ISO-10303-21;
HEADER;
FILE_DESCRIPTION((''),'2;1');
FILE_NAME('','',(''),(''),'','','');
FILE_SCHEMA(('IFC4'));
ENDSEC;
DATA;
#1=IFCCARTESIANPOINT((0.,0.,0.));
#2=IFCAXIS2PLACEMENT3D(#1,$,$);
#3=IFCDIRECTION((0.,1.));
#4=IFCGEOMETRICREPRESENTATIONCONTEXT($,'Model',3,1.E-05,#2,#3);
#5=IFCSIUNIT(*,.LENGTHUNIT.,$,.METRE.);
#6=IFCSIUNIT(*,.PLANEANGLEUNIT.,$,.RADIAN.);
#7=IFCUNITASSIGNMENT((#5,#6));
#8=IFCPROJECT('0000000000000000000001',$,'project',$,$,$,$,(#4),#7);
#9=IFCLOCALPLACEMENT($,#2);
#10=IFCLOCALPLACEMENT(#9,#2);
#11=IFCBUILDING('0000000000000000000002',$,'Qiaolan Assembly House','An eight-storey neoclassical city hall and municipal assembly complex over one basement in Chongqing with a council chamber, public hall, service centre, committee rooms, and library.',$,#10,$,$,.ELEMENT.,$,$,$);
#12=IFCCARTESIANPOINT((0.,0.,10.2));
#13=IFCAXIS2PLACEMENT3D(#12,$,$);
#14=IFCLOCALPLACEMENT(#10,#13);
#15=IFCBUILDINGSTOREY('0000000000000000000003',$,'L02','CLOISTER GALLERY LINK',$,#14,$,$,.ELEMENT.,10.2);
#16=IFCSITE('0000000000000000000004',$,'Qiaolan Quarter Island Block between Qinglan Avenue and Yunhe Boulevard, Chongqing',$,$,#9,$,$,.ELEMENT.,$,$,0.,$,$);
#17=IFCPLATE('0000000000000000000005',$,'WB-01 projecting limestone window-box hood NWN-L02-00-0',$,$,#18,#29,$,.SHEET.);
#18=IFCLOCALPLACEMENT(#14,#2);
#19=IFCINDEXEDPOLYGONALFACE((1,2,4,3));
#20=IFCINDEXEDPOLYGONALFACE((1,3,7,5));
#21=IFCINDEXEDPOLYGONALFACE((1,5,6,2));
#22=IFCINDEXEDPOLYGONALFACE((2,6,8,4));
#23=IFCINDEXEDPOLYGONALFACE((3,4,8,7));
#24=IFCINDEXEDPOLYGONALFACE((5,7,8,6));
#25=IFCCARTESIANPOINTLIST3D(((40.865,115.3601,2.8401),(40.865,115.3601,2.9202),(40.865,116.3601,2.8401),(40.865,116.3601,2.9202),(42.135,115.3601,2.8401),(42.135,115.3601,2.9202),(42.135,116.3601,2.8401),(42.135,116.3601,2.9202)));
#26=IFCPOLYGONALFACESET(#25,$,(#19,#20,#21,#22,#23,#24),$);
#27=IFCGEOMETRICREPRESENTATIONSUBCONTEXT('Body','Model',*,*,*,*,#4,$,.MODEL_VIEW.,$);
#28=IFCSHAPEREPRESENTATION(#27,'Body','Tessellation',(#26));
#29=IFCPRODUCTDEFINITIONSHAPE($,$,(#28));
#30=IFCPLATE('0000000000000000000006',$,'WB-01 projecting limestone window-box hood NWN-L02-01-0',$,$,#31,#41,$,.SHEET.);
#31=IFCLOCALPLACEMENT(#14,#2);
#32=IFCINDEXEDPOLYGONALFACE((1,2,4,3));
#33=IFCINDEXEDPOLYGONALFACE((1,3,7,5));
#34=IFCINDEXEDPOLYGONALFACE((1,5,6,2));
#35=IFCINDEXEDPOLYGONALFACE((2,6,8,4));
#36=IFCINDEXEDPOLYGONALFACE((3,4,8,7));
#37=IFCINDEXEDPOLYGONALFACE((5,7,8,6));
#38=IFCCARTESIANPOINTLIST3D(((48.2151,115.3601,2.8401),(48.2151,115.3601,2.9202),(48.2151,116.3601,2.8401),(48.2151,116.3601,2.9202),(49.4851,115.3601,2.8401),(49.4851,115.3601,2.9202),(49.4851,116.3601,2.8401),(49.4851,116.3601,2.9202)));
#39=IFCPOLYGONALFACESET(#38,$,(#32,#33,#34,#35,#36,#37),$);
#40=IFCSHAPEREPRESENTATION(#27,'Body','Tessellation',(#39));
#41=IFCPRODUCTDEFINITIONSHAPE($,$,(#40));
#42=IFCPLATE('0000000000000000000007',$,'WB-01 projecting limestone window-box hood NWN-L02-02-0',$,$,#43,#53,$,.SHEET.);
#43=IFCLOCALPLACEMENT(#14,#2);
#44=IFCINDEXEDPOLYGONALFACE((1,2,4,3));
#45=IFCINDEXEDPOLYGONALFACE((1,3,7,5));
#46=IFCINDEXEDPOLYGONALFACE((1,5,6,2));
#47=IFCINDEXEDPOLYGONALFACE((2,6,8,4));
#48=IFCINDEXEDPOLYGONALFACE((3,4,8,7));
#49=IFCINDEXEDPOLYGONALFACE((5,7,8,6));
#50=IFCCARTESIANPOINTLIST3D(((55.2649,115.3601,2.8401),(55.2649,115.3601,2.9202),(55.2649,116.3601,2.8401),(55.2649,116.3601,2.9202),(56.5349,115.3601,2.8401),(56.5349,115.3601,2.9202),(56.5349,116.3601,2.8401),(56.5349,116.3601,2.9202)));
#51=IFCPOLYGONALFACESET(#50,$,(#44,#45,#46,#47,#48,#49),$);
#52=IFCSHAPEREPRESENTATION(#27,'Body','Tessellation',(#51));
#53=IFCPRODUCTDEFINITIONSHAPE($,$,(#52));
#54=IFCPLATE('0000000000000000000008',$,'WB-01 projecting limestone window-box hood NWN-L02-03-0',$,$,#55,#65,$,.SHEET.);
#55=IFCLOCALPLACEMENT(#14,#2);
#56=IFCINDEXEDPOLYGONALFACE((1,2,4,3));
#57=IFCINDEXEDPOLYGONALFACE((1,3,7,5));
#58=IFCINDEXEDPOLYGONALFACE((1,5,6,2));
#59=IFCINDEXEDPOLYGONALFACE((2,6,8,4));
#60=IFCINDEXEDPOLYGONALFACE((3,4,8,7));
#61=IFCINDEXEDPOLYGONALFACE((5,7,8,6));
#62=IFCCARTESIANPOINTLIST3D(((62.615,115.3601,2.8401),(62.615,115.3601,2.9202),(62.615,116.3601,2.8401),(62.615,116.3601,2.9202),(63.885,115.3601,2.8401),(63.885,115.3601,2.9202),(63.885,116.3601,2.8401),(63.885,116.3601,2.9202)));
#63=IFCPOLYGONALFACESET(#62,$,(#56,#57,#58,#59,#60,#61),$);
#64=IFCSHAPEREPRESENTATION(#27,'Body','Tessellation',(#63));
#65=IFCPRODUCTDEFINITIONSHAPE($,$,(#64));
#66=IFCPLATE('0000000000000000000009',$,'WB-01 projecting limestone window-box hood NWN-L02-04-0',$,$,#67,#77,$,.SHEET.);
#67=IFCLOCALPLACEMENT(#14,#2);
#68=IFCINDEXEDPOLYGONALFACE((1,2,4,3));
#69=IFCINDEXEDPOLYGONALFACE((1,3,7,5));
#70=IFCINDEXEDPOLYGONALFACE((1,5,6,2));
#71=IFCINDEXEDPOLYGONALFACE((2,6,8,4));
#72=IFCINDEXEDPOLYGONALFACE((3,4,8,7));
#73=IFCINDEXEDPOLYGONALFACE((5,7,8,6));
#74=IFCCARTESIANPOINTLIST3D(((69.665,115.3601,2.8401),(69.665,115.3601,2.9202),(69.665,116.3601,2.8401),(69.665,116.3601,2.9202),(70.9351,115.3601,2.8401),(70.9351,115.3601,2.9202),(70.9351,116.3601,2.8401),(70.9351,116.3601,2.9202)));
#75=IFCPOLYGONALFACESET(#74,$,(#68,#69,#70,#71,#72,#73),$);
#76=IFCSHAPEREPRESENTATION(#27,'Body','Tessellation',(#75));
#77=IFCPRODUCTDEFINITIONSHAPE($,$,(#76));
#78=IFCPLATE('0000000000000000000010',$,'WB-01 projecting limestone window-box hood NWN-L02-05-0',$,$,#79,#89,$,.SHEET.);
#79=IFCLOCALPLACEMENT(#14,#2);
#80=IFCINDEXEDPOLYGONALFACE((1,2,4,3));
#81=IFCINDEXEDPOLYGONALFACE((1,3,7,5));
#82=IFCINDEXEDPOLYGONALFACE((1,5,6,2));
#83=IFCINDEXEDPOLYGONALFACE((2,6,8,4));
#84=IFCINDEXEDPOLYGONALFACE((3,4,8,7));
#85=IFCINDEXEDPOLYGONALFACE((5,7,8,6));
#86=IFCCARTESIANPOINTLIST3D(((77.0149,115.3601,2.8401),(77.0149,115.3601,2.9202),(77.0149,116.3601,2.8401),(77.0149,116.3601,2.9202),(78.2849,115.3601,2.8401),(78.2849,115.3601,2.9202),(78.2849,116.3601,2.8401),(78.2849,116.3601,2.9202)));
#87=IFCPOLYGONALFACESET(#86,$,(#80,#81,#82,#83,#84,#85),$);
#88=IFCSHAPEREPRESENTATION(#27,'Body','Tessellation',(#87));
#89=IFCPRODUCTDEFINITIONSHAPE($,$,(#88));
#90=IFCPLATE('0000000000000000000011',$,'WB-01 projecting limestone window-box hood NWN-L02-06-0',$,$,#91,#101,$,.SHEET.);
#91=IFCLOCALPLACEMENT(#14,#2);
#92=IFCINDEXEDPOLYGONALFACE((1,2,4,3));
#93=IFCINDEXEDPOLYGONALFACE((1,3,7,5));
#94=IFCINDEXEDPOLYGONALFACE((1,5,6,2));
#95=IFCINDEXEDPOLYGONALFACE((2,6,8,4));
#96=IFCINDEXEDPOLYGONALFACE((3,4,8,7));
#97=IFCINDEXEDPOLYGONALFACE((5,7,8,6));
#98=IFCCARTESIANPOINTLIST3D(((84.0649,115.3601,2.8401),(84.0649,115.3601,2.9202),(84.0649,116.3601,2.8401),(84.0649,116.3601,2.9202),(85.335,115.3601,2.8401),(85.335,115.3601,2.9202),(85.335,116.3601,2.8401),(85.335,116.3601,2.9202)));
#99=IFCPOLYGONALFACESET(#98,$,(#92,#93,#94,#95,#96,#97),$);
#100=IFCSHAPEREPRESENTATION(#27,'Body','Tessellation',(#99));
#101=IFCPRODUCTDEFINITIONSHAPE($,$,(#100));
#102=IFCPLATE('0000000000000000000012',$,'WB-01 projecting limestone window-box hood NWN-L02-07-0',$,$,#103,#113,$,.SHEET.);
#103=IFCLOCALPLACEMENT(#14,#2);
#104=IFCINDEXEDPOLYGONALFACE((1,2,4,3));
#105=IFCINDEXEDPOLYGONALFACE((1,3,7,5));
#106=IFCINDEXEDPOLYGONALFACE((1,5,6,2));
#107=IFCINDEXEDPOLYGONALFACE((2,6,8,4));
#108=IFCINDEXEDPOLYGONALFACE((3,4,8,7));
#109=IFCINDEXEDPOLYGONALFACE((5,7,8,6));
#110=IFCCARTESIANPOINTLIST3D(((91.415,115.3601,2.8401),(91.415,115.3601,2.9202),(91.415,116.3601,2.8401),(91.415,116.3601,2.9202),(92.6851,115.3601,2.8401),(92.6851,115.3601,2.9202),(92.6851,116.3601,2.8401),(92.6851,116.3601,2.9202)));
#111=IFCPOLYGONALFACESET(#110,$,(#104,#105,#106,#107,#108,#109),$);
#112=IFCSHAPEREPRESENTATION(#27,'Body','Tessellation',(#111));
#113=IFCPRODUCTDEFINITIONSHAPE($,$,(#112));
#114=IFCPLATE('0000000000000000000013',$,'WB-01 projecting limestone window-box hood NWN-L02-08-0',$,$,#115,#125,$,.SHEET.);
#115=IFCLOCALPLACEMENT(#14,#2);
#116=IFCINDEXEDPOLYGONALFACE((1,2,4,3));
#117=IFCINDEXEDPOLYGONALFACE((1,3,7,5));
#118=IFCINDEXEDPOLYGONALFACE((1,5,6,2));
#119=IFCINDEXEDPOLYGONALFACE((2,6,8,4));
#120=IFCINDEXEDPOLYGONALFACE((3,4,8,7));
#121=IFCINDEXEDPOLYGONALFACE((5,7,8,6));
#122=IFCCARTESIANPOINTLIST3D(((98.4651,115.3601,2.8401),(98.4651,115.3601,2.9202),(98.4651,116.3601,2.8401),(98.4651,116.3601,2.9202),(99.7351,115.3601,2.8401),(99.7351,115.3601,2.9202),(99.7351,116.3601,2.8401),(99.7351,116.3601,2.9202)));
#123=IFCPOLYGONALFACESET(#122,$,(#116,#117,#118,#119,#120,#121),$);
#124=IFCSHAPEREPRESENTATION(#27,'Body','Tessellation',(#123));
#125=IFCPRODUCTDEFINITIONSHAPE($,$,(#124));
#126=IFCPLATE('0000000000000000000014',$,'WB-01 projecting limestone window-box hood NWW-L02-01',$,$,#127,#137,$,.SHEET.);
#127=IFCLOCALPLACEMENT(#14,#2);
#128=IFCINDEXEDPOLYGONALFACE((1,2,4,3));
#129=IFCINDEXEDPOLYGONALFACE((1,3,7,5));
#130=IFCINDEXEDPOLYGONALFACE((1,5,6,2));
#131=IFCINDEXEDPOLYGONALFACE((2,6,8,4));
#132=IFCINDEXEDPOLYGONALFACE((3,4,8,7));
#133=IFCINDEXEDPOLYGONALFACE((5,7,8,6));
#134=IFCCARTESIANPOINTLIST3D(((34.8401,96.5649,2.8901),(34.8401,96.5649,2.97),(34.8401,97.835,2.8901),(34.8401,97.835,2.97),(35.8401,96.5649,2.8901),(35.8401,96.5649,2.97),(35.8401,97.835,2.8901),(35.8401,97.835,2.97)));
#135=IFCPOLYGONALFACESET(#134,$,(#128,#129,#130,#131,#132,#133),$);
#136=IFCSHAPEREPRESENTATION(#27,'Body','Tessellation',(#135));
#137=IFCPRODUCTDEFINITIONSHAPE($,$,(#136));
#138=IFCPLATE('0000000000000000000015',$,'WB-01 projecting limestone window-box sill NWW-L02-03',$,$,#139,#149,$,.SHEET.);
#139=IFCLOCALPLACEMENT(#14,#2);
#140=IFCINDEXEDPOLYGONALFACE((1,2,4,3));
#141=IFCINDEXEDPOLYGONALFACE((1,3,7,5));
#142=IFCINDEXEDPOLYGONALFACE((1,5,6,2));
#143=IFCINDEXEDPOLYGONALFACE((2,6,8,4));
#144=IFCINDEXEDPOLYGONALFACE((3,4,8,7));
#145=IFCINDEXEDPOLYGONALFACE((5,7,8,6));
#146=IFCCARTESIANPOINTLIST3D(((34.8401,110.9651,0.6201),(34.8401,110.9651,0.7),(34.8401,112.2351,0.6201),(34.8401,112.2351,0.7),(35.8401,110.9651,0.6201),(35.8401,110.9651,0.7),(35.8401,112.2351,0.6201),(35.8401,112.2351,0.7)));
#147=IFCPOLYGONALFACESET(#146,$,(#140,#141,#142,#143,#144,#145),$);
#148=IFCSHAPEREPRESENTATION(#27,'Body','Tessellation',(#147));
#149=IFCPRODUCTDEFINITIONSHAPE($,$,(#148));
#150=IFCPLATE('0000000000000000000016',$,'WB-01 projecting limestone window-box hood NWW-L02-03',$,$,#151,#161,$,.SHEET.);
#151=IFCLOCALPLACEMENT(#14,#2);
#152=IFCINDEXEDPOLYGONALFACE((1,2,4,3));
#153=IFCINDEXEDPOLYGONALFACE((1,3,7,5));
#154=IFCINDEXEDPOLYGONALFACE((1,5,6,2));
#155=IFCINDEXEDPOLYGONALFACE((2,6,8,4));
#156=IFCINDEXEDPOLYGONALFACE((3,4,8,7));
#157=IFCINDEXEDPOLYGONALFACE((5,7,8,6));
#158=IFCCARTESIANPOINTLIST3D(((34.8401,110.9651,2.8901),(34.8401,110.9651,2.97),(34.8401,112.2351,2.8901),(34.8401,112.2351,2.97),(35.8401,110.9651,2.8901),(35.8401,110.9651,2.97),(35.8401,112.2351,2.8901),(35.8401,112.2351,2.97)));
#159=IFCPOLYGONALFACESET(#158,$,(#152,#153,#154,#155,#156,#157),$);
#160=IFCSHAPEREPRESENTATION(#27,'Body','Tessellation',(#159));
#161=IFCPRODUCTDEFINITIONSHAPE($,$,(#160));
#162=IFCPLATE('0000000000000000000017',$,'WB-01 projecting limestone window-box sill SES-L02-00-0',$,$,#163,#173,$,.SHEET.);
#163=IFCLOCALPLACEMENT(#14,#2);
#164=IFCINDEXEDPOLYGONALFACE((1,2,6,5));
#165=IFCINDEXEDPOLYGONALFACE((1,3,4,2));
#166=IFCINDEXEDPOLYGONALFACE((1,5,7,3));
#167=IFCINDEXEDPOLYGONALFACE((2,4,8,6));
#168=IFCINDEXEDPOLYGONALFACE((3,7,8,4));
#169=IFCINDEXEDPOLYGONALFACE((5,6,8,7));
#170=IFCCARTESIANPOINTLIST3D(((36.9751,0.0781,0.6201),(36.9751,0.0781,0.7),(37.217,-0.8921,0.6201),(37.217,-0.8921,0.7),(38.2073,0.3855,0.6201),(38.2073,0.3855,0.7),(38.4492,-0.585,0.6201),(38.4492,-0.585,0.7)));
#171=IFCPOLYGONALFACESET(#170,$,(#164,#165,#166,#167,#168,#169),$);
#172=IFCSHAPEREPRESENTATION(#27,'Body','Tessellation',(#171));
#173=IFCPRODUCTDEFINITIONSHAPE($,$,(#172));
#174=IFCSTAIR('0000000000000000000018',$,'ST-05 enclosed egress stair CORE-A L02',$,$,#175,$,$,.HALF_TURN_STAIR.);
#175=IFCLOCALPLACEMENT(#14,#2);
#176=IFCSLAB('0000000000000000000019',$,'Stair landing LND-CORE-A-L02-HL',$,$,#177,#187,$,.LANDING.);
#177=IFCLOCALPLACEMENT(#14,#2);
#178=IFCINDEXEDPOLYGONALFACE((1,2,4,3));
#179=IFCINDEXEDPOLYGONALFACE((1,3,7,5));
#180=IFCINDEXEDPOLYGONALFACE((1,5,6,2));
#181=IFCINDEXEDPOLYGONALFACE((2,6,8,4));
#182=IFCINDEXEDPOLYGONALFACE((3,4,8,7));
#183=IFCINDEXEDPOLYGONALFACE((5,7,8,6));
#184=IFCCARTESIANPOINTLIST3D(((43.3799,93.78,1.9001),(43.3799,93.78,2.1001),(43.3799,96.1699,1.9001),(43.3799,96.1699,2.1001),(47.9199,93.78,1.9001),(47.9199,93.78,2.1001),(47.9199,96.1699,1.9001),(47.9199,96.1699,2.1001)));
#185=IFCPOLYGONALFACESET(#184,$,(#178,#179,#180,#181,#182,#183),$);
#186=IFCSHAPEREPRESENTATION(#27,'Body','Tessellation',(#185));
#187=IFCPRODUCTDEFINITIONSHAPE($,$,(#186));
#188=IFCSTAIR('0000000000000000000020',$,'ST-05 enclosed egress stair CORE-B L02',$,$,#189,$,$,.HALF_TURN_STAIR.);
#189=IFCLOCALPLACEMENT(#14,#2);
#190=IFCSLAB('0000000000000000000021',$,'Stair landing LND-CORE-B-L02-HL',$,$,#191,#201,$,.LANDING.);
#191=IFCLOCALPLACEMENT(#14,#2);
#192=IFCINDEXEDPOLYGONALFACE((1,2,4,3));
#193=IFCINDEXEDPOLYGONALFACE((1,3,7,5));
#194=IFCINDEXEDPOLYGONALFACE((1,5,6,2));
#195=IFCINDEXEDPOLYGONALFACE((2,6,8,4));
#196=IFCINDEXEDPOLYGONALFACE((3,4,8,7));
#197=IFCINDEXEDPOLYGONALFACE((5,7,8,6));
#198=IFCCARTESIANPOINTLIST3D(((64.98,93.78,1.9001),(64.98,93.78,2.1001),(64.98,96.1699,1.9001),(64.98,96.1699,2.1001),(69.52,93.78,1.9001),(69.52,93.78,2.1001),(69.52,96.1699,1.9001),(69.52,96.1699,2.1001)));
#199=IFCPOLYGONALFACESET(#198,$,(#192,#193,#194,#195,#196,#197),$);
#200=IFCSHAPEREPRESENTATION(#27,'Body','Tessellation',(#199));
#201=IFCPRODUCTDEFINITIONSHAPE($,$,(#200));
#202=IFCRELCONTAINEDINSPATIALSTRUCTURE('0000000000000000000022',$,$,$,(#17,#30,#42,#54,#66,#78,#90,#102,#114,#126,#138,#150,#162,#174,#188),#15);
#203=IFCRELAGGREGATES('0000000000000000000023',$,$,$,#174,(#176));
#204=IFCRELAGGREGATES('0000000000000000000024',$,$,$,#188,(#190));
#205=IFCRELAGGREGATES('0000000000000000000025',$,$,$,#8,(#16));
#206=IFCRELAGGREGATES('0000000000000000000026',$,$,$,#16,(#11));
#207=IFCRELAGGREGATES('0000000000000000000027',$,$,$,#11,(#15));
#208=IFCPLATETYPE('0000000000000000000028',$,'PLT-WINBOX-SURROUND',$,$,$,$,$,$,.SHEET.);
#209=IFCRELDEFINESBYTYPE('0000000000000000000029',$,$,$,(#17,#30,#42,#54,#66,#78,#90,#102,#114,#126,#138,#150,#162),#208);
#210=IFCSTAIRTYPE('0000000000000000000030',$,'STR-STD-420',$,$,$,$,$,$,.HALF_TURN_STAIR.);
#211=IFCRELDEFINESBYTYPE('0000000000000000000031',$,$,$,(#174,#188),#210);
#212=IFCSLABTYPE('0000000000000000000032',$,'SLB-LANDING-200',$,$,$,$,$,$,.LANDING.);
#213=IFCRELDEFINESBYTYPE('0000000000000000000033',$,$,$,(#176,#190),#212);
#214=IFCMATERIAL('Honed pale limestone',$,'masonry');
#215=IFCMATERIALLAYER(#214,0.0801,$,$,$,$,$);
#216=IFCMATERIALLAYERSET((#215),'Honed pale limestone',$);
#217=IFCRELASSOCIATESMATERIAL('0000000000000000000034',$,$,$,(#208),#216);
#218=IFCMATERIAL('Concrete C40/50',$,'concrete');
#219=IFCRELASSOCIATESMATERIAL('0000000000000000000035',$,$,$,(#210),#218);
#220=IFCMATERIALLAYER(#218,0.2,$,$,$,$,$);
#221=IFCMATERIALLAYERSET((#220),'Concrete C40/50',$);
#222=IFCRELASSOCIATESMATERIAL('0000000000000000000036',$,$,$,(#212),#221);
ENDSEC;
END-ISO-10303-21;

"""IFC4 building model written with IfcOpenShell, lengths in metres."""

from ifc_helpers import new_model, si_unit, direction, frame, origin, place, context, subcontext, project, spatial, polyline, outline, extrude, material, layer, layer_set, type_object, element, aggregate, save


model = new_model("IFC4")

# Units and contexts
model_context = context("Model", 3, precision=1e-05, world=origin(), true_north=direction((0.0, 1.0)))
body_context = subcontext(model_context, "Body", "Model", "MODEL_VIEW")
ifc_project = project(units=[si_unit("LENGTHUNIT", "METRE"), si_unit("PLANEANGLEUNIT", "RADIAN")], contexts=[model_context])

# Site, building, storey
site_placement = place(None, origin())
site = spatial("IfcSite", under=ifc_project, at=site_placement, Name="Qiaolan Quarter Island Block between Qinglan Avenue and Yunhe Boulevard, Chongqing", CompositionType="ELEMENT", RefElevation=0.0)
building_placement = place(site_placement, origin())
building = spatial("IfcBuilding", under=site, at=building_placement, Name="Qiaolan Assembly House", Description="An eight-storey neoclassical city hall and municipal assembly complex over one basement in Chongqing with a council chamber, public hall, service centre, committee rooms, and library.", CompositionType="ELEMENT")
storey_placement = place(building_placement, frame((0.0, 0.0, 10.2)))
storey = spatial("IfcBuildingStorey", under=building, at=storey_placement, Name="L02", Description="CLOISTER GALLERY LINK", CompositionType="ELEMENT", Elevation=10.2)

# Plates
ifc_material_1 = material(Name="Honed pale limestone", Category="masonry")
ifc_layer_1 = layer(ifc_material_1, 0.0801)
ifc_layer_set_1 = layer_set([ifc_layer_1], Name="Honed pale limestone")
plate_type = type_object("IfcPlateType", Name="PLT-WINBOX-SURROUND", PredefinedType="SHEET", material=ifc_layer_set_1)
plate_1_placement = place(storey_placement, frame((0.0, 0.0, 2.8401)))
element("IfcPlate", 1, at=plate_1_placement, inside=storey, type_object=plate_type, Name="WB-01 projecting limestone window-box hood NWN-L02-00-0", PredefinedType="SHEET", context=body_context, shape_type="SweptSolid", body=[
    extrude(outline(polyline([(40.865, 115.3601), (40.865, 116.3601), (42.135, 116.3601), (42.135, 115.3601), (40.865, 115.3601)])), origin(), (0.0, 0.0, 1.0), 0.0801),
])
plate_2_placement = place(storey_placement, frame((0.0, 0.0, 2.8401)))
element("IfcPlate", 2, at=plate_2_placement, inside=storey, type_object=plate_type, Name="WB-01 projecting limestone window-box hood NWN-L02-01-0", PredefinedType="SHEET", context=body_context, shape_type="SweptSolid", body=[
    extrude(outline(polyline([(48.2151, 115.3601), (48.2151, 116.3601), (49.4851, 116.3601), (49.4851, 115.3601), (48.2151, 115.3601)])), origin(), (0.0, 0.0, 1.0), 0.0801),
])
plate_3_placement = place(storey_placement, frame((0.0, 0.0, 2.8401)))
element("IfcPlate", 3, at=plate_3_placement, inside=storey, type_object=plate_type, Name="WB-01 projecting limestone window-box hood NWN-L02-02-0", PredefinedType="SHEET", context=body_context, shape_type="SweptSolid", body=[
    extrude(outline(polyline([(55.2649, 115.3601), (55.2649, 116.3601), (56.5349, 116.3601), (56.5349, 115.3601), (55.2649, 115.3601)])), origin(), (0.0, 0.0, 1.0), 0.0801),
])
plate_4_placement = place(storey_placement, frame((0.0, 0.0, 2.8401)))
element("IfcPlate", 4, at=plate_4_placement, inside=storey, type_object=plate_type, Name="WB-01 projecting limestone window-box hood NWN-L02-03-0", PredefinedType="SHEET", context=body_context, shape_type="SweptSolid", body=[
    extrude(outline(polyline([(62.615, 115.3601), (62.615, 116.3601), (63.885, 116.3601), (63.885, 115.3601), (62.615, 115.3601)])), origin(), (0.0, 0.0, 1.0), 0.0801),
])
plate_5_placement = place(storey_placement, frame((0.0, 0.0, 2.8401)))
element("IfcPlate", 5, at=plate_5_placement, inside=storey, type_object=plate_type, Name="WB-01 projecting limestone window-box hood NWN-L02-04-0", PredefinedType="SHEET", context=body_context, shape_type="SweptSolid", body=[
    extrude(outline(polyline([(69.665, 115.3601), (69.665, 116.3601), (70.9351, 116.3601), (70.9351, 115.3601), (69.665, 115.3601)])), origin(), (0.0, 0.0, 1.0), 0.0801),
])
plate_6_placement = place(storey_placement, frame((0.0, 0.0, 2.8401)))
element("IfcPlate", 6, at=plate_6_placement, inside=storey, type_object=plate_type, Name="WB-01 projecting limestone window-box hood NWN-L02-05-0", PredefinedType="SHEET", context=body_context, shape_type="SweptSolid", body=[
    extrude(outline(polyline([(77.0149, 115.3601), (77.0149, 116.3601), (78.2849, 116.3601), (78.2849, 115.3601), (77.0149, 115.3601)])), origin(), (0.0, 0.0, 1.0), 0.0801),
])
plate_7_placement = place(storey_placement, frame((0.0, 0.0, 2.8401)))
element("IfcPlate", 7, at=plate_7_placement, inside=storey, type_object=plate_type, Name="WB-01 projecting limestone window-box hood NWN-L02-06-0", PredefinedType="SHEET", context=body_context, shape_type="SweptSolid", body=[
    extrude(outline(polyline([(84.0649, 115.3601), (84.0649, 116.3601), (85.335, 116.3601), (85.335, 115.3601), (84.0649, 115.3601)])), origin(), (0.0, 0.0, 1.0), 0.0801),
])
plate_8_placement = place(storey_placement, frame((0.0, 0.0, 2.8401)))
element("IfcPlate", 8, at=plate_8_placement, inside=storey, type_object=plate_type, Name="WB-01 projecting limestone window-box hood NWN-L02-07-0", PredefinedType="SHEET", context=body_context, shape_type="SweptSolid", body=[
    extrude(outline(polyline([(91.415, 115.3601), (91.415, 116.3601), (92.6851, 116.3601), (92.6851, 115.3601), (91.415, 115.3601)])), origin(), (0.0, 0.0, 1.0), 0.0801),
])
plate_9_placement = place(storey_placement, frame((0.0, 0.0, 2.8401)))
element("IfcPlate", 9, at=plate_9_placement, inside=storey, type_object=plate_type, Name="WB-01 projecting limestone window-box hood NWN-L02-08-0", PredefinedType="SHEET", context=body_context, shape_type="SweptSolid", body=[
    extrude(outline(polyline([(98.4651, 115.3601), (98.4651, 116.3601), (99.7351, 116.3601), (99.7351, 115.3601), (98.4651, 115.3601)])), origin(), (0.0, 0.0, 1.0), 0.0801),
])
plate_10_placement = place(storey_placement, frame((0.0, 0.0, 2.8901)))
element("IfcPlate", 10, at=plate_10_placement, inside=storey, type_object=plate_type, Name="WB-01 projecting limestone window-box hood NWW-L02-01", PredefinedType="SHEET", context=body_context, shape_type="SweptSolid", body=[
    extrude(outline(polyline([(34.8401, 96.5649), (34.8401, 97.835), (35.8401, 97.835), (35.8401, 96.5649), (34.8401, 96.5649)])), origin(), (0.0, 0.0, 1.0), 0.0798),
])
for number, where, name in (
    (11, (0.0, 0.0, 0.6201), "WB-01 projecting limestone window-box sill NWW-L02-03"),
    (12, (0.0, 0.0, 2.8901), "WB-01 projecting limestone window-box hood NWW-L02-03"),
):
    element("IfcPlate", number, at=place(storey_placement, frame(where)), inside=storey, type_object=plate_type, Name=name, PredefinedType="SHEET", context=body_context, shape_type="SweptSolid", body=[
        extrude(outline(polyline([(34.8401, 110.9651), (34.8401, 112.2351), (35.8401, 112.2351), (35.8401, 110.9651), (34.8401, 110.9651)])), origin(), (0.0, 0.0, 1.0), 0.0798),
    ])
plate_11_placement = place(storey_placement, frame((0.0, 0.0, 0.6201)))
element("IfcPlate", 13, at=plate_11_placement, inside=storey, type_object=plate_type, Name="WB-01 projecting limestone window-box sill SES-L02-00-0", PredefinedType="SHEET", context=body_context, shape_type="SweptSolid", body=[
    extrude(outline(polyline([(37.217, -0.8921), (38.4492, -0.585), (38.2073, 0.3855), (36.9751, 0.0781), (37.217, -0.8921)])), origin(), (0.0, 0.0, 1.0), 0.0798),
])

# Stairs, slabs
ifc_material_2 = material(Name="Concrete C40/50", Category="concrete")
stair_type_1 = type_object("IfcStairType", Name="STR-STD-420", PredefinedType="HALF_TURN_STAIR", material=ifc_material_2)
stair_1_placement = place(storey_placement, origin())
stair_1 = element("IfcStair", 14, at=stair_1_placement, inside=storey, type_object=stair_type_1, Name="ST-05 enclosed egress stair CORE-A L02", PredefinedType="HALF_TURN_STAIR")
ifc_layer_2 = layer(ifc_material_2, 0.2)
ifc_layer_set_2 = layer_set([ifc_layer_2], Name="Concrete C40/50")
slab_type = type_object("IfcSlabType", Name="SLB-LANDING-200", PredefinedType="LANDING", material=ifc_layer_set_2)
slab_1_placement = place(storey_placement, frame((0.0, 0.0, 1.9001)))
slab_1 = element("IfcSlab", 15, at=slab_1_placement, type_object=slab_type, Name="Stair landing LND-CORE-A-L02-HL", PredefinedType="LANDING", context=body_context, shape_type="SweptSolid", body=[
    extrude(outline(polyline([(43.3799, 93.78), (43.3799, 96.1699), (47.9199, 96.1699), (47.9199, 93.78), (43.3799, 93.78)])), origin(), (0.0, 0.0, 1.0), 0.2),
])
aggregate(stair_1, [slab_1])
stair_2_placement = place(storey_placement, origin())
stair_2 = element("IfcStair", 16, at=stair_2_placement, inside=storey, type_object=stair_type_1, Name="ST-05 enclosed egress stair CORE-B L02", PredefinedType="HALF_TURN_STAIR")
slab_2_placement = place(storey_placement, frame((0.0, 0.0, 1.9001)))
slab_2 = element("IfcSlab", 17, at=slab_2_placement, type_object=slab_type, Name="Stair landing LND-CORE-B-L02-HL", PredefinedType="LANDING", context=body_context, shape_type="SweptSolid", body=[
    extrude(outline(polyline([(64.98, 93.78), (64.98, 96.1699), (69.52, 96.1699), (69.52, 93.78), (64.98, 93.78)])), origin(), (0.0, 0.0, 1.0), 0.2),
])
aggregate(stair_2, [slab_2])

save(model, "model.ifc")
